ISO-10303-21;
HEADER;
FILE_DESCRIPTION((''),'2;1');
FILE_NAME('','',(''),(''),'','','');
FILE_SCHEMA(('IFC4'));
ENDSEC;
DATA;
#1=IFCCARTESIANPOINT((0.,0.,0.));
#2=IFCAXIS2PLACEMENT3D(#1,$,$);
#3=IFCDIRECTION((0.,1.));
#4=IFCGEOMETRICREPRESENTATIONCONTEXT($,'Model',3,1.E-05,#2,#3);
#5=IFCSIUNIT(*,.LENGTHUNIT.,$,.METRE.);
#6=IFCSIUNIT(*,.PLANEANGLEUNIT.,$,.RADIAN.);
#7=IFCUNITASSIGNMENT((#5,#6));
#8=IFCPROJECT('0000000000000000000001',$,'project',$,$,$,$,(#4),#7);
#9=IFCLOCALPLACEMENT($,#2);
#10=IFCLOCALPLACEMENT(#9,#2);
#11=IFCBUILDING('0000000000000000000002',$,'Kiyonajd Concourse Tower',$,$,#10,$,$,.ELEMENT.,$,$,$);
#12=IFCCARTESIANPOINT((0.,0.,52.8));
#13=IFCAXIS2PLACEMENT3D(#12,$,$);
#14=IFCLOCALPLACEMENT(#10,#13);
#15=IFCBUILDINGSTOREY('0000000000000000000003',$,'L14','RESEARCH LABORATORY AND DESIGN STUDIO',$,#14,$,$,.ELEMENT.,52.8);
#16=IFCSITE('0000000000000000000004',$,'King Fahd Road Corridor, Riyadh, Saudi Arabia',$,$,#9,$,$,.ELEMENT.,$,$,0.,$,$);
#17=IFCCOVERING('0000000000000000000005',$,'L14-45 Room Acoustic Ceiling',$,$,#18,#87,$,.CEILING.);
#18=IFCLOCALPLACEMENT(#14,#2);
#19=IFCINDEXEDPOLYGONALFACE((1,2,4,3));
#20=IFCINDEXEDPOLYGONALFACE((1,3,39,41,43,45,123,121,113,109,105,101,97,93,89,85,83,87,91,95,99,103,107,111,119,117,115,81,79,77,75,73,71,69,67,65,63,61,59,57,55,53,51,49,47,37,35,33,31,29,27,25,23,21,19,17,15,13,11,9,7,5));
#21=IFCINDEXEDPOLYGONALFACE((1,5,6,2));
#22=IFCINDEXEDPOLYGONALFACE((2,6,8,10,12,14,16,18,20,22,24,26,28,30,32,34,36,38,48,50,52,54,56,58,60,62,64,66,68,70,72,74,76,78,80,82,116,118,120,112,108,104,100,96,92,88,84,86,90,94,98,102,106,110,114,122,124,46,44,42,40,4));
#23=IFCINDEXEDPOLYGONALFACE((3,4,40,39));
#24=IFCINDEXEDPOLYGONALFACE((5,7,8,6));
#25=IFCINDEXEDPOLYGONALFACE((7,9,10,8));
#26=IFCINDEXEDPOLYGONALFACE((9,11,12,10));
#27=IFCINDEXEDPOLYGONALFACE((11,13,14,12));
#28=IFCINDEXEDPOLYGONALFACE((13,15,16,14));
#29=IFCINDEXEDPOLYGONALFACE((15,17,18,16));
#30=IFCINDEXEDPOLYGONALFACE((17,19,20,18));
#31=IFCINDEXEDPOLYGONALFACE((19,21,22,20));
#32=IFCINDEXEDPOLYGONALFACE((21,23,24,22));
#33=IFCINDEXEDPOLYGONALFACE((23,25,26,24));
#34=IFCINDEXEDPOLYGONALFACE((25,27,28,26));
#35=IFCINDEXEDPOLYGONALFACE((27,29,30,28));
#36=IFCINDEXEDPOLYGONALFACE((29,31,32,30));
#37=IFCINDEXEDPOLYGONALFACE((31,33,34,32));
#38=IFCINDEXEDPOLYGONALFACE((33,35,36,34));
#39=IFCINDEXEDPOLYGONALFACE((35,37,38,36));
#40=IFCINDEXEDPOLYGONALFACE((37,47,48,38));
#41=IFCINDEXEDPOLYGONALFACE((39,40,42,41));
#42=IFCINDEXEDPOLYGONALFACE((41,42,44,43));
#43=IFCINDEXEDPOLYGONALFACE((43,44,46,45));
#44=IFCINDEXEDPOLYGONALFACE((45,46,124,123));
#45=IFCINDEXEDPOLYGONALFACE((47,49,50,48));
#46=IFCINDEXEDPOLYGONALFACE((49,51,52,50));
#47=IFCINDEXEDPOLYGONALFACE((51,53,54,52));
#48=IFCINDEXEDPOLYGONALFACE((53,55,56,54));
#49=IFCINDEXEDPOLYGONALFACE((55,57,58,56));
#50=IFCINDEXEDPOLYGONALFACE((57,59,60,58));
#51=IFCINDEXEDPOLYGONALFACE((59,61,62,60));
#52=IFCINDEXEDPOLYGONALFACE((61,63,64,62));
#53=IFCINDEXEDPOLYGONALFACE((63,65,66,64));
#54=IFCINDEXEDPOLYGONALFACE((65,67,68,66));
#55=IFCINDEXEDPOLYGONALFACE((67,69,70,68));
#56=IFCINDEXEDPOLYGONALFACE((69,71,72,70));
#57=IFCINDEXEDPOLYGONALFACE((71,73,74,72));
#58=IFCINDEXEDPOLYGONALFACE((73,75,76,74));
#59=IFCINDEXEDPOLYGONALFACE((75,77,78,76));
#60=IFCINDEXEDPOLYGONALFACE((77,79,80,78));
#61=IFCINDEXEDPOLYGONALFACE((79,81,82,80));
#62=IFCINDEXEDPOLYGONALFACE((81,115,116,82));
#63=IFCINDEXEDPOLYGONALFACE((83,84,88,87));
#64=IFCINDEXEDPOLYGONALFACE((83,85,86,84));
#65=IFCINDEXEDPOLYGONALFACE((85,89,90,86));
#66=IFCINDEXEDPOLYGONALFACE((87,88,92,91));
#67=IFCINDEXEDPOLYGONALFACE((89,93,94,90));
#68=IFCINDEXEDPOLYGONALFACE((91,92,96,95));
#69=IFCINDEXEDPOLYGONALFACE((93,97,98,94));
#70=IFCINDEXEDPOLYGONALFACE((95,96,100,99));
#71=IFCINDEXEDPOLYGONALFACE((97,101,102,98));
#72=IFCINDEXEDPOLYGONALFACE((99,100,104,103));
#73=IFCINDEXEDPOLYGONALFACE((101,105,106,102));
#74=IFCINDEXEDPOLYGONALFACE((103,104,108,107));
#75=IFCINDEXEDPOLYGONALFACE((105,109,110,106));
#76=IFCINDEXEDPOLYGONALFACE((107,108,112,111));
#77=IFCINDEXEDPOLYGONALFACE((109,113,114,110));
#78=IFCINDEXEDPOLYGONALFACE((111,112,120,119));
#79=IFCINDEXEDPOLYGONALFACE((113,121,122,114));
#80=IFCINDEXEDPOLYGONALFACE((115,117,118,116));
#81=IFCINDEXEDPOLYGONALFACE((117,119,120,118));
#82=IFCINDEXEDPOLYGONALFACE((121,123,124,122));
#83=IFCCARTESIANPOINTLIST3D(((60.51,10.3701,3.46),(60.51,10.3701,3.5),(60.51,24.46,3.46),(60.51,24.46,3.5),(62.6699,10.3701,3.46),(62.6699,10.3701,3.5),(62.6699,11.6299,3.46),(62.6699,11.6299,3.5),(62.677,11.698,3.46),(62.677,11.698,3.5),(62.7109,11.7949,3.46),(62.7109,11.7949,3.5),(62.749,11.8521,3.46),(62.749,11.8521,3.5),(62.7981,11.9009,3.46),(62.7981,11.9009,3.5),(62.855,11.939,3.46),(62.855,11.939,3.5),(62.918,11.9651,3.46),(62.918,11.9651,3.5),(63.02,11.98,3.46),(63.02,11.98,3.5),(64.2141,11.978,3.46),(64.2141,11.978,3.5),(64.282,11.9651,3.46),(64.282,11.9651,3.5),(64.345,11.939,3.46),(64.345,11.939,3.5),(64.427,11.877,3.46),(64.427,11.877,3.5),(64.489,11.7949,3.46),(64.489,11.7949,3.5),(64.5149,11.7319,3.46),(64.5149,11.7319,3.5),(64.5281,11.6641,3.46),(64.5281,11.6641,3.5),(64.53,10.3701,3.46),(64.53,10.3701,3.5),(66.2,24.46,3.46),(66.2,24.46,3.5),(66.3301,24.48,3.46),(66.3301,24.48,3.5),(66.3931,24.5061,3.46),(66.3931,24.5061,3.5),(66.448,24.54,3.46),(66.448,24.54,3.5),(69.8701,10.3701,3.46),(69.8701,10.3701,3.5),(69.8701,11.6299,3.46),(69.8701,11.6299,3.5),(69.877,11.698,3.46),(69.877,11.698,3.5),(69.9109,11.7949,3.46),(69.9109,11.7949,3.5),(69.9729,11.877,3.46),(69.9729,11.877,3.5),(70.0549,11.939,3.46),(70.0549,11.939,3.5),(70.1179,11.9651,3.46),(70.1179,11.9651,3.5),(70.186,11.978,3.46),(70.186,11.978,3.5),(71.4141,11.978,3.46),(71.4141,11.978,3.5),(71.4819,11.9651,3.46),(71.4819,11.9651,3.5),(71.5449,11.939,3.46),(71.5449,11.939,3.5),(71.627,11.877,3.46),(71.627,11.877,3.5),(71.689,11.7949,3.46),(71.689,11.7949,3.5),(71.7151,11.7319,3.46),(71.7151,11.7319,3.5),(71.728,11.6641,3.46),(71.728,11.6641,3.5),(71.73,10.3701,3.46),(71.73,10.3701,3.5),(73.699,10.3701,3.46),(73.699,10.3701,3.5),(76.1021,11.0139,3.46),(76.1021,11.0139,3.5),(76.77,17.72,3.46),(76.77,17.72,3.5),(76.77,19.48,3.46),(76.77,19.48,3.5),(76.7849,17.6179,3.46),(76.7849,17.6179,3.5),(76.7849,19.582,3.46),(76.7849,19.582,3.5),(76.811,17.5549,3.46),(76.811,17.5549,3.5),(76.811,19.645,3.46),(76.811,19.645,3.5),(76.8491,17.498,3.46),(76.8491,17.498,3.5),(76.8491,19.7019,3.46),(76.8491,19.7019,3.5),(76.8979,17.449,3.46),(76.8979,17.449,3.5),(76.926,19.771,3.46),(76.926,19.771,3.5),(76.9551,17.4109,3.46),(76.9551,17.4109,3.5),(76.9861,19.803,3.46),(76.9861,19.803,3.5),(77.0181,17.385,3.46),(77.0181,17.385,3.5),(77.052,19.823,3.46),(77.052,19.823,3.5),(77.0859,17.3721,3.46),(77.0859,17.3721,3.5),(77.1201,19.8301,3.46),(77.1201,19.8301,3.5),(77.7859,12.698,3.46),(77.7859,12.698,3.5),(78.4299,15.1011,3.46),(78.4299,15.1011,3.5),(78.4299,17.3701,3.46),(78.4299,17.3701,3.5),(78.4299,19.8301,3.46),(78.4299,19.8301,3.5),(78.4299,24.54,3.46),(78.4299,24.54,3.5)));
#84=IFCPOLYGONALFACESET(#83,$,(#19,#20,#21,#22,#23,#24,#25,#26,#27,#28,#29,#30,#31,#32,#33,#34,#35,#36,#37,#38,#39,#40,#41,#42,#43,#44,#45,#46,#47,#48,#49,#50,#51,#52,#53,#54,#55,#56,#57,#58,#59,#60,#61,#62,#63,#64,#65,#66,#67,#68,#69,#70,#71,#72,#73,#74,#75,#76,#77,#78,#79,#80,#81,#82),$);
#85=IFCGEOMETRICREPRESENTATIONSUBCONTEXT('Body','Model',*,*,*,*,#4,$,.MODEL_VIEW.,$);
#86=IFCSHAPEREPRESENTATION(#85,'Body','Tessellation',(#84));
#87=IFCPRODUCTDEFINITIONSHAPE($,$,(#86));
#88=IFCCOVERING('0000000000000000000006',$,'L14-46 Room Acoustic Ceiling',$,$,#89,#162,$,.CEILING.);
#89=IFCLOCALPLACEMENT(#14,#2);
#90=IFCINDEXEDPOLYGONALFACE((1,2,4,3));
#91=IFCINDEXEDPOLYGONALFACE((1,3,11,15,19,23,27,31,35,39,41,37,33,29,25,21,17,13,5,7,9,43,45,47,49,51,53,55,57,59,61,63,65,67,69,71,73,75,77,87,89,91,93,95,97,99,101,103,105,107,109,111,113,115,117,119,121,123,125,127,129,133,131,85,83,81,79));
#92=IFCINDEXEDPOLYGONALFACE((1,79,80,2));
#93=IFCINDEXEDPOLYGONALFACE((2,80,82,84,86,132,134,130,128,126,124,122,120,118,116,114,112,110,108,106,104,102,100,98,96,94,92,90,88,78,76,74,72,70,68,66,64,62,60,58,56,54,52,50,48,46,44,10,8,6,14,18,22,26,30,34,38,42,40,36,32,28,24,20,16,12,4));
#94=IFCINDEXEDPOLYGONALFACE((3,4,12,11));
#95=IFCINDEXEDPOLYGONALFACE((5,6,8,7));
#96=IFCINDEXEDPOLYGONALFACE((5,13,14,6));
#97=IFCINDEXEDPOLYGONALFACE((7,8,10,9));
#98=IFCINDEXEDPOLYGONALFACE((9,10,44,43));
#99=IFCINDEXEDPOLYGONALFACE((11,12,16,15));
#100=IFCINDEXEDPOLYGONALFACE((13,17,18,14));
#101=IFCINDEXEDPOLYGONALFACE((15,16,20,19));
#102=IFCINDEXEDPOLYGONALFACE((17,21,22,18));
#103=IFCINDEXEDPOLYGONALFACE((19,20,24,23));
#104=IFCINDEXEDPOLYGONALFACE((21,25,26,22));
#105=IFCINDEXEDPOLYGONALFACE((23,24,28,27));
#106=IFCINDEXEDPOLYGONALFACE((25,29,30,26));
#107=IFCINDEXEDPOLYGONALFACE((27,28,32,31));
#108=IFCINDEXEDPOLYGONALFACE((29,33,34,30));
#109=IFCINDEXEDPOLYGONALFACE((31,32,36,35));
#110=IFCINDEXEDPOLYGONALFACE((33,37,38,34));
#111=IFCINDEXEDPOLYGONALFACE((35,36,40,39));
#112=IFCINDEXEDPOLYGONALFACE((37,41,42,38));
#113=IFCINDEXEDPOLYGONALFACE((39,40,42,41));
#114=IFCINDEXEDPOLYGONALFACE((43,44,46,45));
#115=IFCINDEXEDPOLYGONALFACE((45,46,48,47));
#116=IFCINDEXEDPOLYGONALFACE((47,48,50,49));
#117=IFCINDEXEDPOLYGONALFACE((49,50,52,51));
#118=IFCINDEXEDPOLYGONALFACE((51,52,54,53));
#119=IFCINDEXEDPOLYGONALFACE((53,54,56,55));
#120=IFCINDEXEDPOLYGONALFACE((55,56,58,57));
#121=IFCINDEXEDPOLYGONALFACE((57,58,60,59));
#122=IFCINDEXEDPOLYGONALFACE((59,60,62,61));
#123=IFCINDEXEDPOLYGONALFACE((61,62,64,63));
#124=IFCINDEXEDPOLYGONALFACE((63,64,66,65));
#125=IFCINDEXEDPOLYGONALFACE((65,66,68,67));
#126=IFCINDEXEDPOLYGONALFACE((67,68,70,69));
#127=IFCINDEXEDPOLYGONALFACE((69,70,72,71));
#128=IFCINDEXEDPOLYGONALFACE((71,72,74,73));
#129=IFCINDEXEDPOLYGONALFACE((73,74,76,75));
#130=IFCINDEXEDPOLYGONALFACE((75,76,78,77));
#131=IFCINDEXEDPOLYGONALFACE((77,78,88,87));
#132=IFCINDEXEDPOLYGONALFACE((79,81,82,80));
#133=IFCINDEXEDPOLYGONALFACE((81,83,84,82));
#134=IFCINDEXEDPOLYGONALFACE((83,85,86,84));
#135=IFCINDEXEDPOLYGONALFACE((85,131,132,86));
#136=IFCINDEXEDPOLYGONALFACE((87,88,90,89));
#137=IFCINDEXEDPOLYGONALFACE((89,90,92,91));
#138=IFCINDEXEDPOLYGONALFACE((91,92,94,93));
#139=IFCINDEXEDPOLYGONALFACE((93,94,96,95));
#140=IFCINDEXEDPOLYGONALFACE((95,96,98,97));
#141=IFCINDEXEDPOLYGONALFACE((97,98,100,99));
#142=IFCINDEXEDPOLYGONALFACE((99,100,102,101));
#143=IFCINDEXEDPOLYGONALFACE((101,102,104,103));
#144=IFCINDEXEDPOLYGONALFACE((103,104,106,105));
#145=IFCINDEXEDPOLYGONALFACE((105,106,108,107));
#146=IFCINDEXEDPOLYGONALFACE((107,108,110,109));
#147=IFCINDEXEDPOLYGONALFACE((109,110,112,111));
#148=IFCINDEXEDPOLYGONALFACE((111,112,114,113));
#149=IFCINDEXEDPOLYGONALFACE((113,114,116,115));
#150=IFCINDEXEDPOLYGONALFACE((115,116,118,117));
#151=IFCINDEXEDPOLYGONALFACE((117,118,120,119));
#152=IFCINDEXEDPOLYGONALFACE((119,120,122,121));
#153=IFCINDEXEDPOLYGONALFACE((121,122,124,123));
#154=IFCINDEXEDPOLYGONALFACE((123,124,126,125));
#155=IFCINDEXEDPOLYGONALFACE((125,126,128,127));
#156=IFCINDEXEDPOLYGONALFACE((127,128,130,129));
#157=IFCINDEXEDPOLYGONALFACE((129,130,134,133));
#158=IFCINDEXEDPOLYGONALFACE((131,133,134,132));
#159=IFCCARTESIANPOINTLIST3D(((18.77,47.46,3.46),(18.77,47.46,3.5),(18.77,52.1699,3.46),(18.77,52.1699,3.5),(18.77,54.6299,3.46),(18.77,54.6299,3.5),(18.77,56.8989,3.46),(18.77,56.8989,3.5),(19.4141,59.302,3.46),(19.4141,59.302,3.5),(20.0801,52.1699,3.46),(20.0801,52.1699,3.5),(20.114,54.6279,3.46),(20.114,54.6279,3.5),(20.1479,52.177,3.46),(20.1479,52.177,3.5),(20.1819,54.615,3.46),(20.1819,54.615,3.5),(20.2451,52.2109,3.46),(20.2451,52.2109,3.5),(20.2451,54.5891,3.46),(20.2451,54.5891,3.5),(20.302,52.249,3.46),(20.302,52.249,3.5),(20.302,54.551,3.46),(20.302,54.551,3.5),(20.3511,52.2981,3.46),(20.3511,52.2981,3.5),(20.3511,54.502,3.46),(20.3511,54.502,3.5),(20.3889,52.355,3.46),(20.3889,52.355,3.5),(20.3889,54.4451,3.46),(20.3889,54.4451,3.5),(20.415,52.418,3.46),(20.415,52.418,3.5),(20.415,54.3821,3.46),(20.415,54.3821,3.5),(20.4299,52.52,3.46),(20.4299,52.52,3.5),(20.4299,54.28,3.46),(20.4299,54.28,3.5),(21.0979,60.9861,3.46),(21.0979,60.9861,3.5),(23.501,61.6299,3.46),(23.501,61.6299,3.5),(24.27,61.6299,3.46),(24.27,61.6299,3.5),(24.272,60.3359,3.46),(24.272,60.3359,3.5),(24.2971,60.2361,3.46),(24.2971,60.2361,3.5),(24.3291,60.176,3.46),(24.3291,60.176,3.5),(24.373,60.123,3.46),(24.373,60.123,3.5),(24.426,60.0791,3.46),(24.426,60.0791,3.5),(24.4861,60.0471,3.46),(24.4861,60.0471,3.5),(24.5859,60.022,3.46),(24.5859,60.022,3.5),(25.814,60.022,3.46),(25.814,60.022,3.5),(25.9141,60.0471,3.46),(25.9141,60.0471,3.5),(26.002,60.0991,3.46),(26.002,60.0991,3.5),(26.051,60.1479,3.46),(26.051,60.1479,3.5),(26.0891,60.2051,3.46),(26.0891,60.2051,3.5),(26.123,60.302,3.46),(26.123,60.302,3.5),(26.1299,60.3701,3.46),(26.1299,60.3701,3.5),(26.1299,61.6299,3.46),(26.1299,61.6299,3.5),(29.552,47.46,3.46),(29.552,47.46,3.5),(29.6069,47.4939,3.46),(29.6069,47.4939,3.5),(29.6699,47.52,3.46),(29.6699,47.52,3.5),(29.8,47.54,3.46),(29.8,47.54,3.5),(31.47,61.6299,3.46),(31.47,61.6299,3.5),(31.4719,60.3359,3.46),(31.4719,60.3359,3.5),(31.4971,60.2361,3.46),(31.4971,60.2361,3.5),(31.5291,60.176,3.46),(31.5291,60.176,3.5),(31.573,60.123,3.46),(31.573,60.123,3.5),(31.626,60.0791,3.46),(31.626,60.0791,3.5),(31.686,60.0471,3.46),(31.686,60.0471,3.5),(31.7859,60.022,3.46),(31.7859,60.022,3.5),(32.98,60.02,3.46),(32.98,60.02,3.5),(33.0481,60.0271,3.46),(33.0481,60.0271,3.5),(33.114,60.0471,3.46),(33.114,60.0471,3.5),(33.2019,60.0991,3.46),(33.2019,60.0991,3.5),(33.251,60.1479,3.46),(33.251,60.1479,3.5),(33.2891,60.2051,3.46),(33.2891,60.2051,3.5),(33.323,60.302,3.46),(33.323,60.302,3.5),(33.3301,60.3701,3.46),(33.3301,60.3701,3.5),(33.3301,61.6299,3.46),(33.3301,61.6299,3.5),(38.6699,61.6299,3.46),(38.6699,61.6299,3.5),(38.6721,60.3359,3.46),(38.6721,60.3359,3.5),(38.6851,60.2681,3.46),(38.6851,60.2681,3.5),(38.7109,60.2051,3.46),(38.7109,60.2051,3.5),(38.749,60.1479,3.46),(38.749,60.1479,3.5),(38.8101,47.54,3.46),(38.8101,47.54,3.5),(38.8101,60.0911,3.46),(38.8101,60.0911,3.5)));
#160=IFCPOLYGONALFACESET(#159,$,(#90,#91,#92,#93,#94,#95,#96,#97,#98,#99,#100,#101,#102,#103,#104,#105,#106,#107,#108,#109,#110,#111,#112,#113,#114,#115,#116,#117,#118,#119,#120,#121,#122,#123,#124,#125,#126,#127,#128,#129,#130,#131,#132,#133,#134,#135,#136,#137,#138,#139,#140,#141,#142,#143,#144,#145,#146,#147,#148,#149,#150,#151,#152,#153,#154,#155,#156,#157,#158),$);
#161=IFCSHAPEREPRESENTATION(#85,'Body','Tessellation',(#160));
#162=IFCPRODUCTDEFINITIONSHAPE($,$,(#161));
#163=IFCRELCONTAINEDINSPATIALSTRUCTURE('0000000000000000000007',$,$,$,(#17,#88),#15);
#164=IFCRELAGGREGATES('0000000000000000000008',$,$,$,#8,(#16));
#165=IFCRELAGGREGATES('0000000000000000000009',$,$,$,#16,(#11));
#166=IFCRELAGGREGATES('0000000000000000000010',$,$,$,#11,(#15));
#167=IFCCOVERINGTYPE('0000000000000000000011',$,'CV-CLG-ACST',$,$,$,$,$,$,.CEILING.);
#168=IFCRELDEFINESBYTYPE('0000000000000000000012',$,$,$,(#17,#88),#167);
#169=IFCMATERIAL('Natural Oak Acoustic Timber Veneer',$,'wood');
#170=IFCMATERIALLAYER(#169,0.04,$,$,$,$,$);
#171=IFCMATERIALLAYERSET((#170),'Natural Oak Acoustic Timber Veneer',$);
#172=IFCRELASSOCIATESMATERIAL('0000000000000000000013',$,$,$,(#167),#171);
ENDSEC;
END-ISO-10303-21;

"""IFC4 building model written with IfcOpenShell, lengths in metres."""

from ifc_helpers import new_model, si_unit, direction, frame, origin, place, context, subcontext, project, spatial, polyline, outline, extrude, material, layer, layer_set, type_object, element, save


model = new_model("IFC4")

# Units and contexts
model_context = context("Model", 3, precision=1e-05, world=origin(), true_north=direction((0.0, 1.0)))
body_context = subcontext(model_context, "Body", "Model", "MODEL_VIEW")
ifc_project = project(units=[si_unit("LENGTHUNIT", "METRE"), si_unit("PLANEANGLEUNIT", "RADIAN")], contexts=[model_context])

# Site, building, storey
site_placement = place(None, origin())
site = spatial("IfcSite", under=ifc_project, at=site_placement, Name="King Fahd Road Corridor, Riyadh, Saudi Arabia", CompositionType="ELEMENT", RefElevation=0.0)
building_placement = place(site_placement, origin())
building = spatial("IfcBuilding", under=site, at=building_placement, Name="Kiyonajd Concourse Tower", CompositionType="ELEMENT")
storey_placement = place(building_placement, frame((0.0, 0.0, 52.8)))
storey = spatial("IfcBuildingStorey", under=building, at=storey_placement, Name="L14", Description="RESEARCH LABORATORY AND DESIGN STUDIO", CompositionType="ELEMENT", Elevation=52.8)

# Coverings
ifc_material_1 = material(Name="Natural Oak Acoustic Timber Veneer", Category="wood")
ifc_layer_1 = layer(ifc_material_1, 0.04)
ifc_layer_set_1 = layer_set([ifc_layer_1], Name="Natural Oak Acoustic Timber Veneer")
covering_type = type_object("IfcCoveringType", Name="CV-CLG-ACST", PredefinedType="CEILING", material=ifc_layer_set_1)
covering_1_placement = place(storey_placement, frame((0.0, 0.0, 3.46)))
element("IfcCovering", 1, at=covering_1_placement, inside=storey, type_object=covering_type, Name="L14-45 Room Acoustic Ceiling", PredefinedType="CEILING", context=body_context, shape_type="SweptSolid", body=[
    extrude(outline(polyline([(66.448, 24.54), (78.4299, 24.54), (78.4299, 19.8301), (77.1201, 19.8301), (77.052, 19.823), (76.9861, 19.803), (76.926, 19.771), (76.8491, 19.7019), (76.811, 19.645), (76.7849, 19.582), (76.77, 19.48), (76.77, 17.72), (76.7849, 17.6179), (76.811, 17.5549), (76.8491, 17.498), (76.8979, 17.449), (76.9551, 17.4109), (77.0181, 17.385), (77.0859, 17.3721), (78.4299, 17.3701), (78.4299, 15.1011), (77.7859, 12.698), (76.1021, 11.0139), (73.699, 10.3701), (71.73, 10.3701), (71.728, 11.6641), (71.7151, 11.7319), (71.689, 11.7949), (71.627, 11.877), (71.5449, 11.939), (71.4819, 11.9651), (71.4141, 11.978), (70.186, 11.978), (70.1179, 11.9651), (70.0549, 11.939), (69.9729, 11.877), (69.9109, 11.7949), (69.877, 11.698), (69.8701, 11.6299), (69.8701, 10.3701), (64.53, 10.3701), (64.5281, 11.6641), (64.5149, 11.7319), (64.489, 11.7949), (64.427, 11.877), (64.345, 11.939), (64.282, 11.9651), (64.2141, 11.978), (63.02, 11.98), (62.918, 11.9651), (62.855, 11.939), (62.7981, 11.9009), (62.749, 11.8521), (62.7109, 11.7949), (62.677, 11.698), (62.6699, 11.6299), (62.6699, 10.3701), (60.51, 10.3701), (60.51, 24.46), (66.2, 24.46), (66.3301, 24.48), (66.3931, 24.5061), (66.448, 24.54)])), origin(), (0.0, 0.0, 1.0), 0.04),
])
covering_2_placement = place(storey_placement, frame((0.0, 0.0, 3.46)))
element("IfcCovering", 2, at=covering_2_placement, inside=storey, type_object=covering_type, Name="L14-46 Room Acoustic Ceiling", PredefinedType="CEILING", context=body_context, shape_type="SweptSolid", body=[
    extrude(outline(polyline([(21.0979, 60.9861), (23.501, 61.6299), (24.27, 61.6299), (24.272, 60.3359), (24.2971, 60.2361), (24.3291, 60.176), (24.373, 60.123), (24.426, 60.0791), (24.4861, 60.0471), (24.5859, 60.022), (25.814, 60.022), (25.9141, 60.0471), (26.002, 60.0991), (26.051, 60.1479), (26.0891, 60.2051), (26.123, 60.302), (26.1299, 60.3701), (26.1299, 61.6299), (31.47, 61.6299), (31.4719, 60.3359), (31.4971, 60.2361), (31.5291, 60.176), (31.573, 60.123), (31.626, 60.0791), (31.686, 60.0471), (31.7859, 60.022), (32.98, 60.02), (33.0481, 60.0271), (33.114, 60.0471), (33.2019, 60.0991), (33.251, 60.1479), (33.2891, 60.2051), (33.323, 60.302), (33.3301, 60.3701), (33.3301, 61.6299), (38.6699, 61.6299), (38.6721, 60.3359), (38.6851, 60.2681), (38.7109, 60.2051), (38.749, 60.1479), (38.8101, 60.0911), (38.8101, 47.54), (29.8, 47.54), (29.6699, 47.52), (29.6069, 47.4939), (29.552, 47.46), (18.77, 47.46), (18.77, 52.1699), (20.0801, 52.1699), (20.1479, 52.177), (20.2451, 52.2109), (20.302, 52.249), (20.3511, 52.2981), (20.3889, 52.355), (20.415, 52.418), (20.4299, 52.52), (20.4299, 54.28), (20.415, 54.3821), (20.3889, 54.4451), (20.3511, 54.502), (20.302, 54.551), (20.2451, 54.5891), (20.1819, 54.615), (20.114, 54.6279), (18.77, 54.6299), (18.77, 56.8989), (19.4141, 59.302), (21.0979, 60.9861)])), origin(), (0.0, 0.0, 1.0), 0.04),
])

save(model, "model.ifc")
